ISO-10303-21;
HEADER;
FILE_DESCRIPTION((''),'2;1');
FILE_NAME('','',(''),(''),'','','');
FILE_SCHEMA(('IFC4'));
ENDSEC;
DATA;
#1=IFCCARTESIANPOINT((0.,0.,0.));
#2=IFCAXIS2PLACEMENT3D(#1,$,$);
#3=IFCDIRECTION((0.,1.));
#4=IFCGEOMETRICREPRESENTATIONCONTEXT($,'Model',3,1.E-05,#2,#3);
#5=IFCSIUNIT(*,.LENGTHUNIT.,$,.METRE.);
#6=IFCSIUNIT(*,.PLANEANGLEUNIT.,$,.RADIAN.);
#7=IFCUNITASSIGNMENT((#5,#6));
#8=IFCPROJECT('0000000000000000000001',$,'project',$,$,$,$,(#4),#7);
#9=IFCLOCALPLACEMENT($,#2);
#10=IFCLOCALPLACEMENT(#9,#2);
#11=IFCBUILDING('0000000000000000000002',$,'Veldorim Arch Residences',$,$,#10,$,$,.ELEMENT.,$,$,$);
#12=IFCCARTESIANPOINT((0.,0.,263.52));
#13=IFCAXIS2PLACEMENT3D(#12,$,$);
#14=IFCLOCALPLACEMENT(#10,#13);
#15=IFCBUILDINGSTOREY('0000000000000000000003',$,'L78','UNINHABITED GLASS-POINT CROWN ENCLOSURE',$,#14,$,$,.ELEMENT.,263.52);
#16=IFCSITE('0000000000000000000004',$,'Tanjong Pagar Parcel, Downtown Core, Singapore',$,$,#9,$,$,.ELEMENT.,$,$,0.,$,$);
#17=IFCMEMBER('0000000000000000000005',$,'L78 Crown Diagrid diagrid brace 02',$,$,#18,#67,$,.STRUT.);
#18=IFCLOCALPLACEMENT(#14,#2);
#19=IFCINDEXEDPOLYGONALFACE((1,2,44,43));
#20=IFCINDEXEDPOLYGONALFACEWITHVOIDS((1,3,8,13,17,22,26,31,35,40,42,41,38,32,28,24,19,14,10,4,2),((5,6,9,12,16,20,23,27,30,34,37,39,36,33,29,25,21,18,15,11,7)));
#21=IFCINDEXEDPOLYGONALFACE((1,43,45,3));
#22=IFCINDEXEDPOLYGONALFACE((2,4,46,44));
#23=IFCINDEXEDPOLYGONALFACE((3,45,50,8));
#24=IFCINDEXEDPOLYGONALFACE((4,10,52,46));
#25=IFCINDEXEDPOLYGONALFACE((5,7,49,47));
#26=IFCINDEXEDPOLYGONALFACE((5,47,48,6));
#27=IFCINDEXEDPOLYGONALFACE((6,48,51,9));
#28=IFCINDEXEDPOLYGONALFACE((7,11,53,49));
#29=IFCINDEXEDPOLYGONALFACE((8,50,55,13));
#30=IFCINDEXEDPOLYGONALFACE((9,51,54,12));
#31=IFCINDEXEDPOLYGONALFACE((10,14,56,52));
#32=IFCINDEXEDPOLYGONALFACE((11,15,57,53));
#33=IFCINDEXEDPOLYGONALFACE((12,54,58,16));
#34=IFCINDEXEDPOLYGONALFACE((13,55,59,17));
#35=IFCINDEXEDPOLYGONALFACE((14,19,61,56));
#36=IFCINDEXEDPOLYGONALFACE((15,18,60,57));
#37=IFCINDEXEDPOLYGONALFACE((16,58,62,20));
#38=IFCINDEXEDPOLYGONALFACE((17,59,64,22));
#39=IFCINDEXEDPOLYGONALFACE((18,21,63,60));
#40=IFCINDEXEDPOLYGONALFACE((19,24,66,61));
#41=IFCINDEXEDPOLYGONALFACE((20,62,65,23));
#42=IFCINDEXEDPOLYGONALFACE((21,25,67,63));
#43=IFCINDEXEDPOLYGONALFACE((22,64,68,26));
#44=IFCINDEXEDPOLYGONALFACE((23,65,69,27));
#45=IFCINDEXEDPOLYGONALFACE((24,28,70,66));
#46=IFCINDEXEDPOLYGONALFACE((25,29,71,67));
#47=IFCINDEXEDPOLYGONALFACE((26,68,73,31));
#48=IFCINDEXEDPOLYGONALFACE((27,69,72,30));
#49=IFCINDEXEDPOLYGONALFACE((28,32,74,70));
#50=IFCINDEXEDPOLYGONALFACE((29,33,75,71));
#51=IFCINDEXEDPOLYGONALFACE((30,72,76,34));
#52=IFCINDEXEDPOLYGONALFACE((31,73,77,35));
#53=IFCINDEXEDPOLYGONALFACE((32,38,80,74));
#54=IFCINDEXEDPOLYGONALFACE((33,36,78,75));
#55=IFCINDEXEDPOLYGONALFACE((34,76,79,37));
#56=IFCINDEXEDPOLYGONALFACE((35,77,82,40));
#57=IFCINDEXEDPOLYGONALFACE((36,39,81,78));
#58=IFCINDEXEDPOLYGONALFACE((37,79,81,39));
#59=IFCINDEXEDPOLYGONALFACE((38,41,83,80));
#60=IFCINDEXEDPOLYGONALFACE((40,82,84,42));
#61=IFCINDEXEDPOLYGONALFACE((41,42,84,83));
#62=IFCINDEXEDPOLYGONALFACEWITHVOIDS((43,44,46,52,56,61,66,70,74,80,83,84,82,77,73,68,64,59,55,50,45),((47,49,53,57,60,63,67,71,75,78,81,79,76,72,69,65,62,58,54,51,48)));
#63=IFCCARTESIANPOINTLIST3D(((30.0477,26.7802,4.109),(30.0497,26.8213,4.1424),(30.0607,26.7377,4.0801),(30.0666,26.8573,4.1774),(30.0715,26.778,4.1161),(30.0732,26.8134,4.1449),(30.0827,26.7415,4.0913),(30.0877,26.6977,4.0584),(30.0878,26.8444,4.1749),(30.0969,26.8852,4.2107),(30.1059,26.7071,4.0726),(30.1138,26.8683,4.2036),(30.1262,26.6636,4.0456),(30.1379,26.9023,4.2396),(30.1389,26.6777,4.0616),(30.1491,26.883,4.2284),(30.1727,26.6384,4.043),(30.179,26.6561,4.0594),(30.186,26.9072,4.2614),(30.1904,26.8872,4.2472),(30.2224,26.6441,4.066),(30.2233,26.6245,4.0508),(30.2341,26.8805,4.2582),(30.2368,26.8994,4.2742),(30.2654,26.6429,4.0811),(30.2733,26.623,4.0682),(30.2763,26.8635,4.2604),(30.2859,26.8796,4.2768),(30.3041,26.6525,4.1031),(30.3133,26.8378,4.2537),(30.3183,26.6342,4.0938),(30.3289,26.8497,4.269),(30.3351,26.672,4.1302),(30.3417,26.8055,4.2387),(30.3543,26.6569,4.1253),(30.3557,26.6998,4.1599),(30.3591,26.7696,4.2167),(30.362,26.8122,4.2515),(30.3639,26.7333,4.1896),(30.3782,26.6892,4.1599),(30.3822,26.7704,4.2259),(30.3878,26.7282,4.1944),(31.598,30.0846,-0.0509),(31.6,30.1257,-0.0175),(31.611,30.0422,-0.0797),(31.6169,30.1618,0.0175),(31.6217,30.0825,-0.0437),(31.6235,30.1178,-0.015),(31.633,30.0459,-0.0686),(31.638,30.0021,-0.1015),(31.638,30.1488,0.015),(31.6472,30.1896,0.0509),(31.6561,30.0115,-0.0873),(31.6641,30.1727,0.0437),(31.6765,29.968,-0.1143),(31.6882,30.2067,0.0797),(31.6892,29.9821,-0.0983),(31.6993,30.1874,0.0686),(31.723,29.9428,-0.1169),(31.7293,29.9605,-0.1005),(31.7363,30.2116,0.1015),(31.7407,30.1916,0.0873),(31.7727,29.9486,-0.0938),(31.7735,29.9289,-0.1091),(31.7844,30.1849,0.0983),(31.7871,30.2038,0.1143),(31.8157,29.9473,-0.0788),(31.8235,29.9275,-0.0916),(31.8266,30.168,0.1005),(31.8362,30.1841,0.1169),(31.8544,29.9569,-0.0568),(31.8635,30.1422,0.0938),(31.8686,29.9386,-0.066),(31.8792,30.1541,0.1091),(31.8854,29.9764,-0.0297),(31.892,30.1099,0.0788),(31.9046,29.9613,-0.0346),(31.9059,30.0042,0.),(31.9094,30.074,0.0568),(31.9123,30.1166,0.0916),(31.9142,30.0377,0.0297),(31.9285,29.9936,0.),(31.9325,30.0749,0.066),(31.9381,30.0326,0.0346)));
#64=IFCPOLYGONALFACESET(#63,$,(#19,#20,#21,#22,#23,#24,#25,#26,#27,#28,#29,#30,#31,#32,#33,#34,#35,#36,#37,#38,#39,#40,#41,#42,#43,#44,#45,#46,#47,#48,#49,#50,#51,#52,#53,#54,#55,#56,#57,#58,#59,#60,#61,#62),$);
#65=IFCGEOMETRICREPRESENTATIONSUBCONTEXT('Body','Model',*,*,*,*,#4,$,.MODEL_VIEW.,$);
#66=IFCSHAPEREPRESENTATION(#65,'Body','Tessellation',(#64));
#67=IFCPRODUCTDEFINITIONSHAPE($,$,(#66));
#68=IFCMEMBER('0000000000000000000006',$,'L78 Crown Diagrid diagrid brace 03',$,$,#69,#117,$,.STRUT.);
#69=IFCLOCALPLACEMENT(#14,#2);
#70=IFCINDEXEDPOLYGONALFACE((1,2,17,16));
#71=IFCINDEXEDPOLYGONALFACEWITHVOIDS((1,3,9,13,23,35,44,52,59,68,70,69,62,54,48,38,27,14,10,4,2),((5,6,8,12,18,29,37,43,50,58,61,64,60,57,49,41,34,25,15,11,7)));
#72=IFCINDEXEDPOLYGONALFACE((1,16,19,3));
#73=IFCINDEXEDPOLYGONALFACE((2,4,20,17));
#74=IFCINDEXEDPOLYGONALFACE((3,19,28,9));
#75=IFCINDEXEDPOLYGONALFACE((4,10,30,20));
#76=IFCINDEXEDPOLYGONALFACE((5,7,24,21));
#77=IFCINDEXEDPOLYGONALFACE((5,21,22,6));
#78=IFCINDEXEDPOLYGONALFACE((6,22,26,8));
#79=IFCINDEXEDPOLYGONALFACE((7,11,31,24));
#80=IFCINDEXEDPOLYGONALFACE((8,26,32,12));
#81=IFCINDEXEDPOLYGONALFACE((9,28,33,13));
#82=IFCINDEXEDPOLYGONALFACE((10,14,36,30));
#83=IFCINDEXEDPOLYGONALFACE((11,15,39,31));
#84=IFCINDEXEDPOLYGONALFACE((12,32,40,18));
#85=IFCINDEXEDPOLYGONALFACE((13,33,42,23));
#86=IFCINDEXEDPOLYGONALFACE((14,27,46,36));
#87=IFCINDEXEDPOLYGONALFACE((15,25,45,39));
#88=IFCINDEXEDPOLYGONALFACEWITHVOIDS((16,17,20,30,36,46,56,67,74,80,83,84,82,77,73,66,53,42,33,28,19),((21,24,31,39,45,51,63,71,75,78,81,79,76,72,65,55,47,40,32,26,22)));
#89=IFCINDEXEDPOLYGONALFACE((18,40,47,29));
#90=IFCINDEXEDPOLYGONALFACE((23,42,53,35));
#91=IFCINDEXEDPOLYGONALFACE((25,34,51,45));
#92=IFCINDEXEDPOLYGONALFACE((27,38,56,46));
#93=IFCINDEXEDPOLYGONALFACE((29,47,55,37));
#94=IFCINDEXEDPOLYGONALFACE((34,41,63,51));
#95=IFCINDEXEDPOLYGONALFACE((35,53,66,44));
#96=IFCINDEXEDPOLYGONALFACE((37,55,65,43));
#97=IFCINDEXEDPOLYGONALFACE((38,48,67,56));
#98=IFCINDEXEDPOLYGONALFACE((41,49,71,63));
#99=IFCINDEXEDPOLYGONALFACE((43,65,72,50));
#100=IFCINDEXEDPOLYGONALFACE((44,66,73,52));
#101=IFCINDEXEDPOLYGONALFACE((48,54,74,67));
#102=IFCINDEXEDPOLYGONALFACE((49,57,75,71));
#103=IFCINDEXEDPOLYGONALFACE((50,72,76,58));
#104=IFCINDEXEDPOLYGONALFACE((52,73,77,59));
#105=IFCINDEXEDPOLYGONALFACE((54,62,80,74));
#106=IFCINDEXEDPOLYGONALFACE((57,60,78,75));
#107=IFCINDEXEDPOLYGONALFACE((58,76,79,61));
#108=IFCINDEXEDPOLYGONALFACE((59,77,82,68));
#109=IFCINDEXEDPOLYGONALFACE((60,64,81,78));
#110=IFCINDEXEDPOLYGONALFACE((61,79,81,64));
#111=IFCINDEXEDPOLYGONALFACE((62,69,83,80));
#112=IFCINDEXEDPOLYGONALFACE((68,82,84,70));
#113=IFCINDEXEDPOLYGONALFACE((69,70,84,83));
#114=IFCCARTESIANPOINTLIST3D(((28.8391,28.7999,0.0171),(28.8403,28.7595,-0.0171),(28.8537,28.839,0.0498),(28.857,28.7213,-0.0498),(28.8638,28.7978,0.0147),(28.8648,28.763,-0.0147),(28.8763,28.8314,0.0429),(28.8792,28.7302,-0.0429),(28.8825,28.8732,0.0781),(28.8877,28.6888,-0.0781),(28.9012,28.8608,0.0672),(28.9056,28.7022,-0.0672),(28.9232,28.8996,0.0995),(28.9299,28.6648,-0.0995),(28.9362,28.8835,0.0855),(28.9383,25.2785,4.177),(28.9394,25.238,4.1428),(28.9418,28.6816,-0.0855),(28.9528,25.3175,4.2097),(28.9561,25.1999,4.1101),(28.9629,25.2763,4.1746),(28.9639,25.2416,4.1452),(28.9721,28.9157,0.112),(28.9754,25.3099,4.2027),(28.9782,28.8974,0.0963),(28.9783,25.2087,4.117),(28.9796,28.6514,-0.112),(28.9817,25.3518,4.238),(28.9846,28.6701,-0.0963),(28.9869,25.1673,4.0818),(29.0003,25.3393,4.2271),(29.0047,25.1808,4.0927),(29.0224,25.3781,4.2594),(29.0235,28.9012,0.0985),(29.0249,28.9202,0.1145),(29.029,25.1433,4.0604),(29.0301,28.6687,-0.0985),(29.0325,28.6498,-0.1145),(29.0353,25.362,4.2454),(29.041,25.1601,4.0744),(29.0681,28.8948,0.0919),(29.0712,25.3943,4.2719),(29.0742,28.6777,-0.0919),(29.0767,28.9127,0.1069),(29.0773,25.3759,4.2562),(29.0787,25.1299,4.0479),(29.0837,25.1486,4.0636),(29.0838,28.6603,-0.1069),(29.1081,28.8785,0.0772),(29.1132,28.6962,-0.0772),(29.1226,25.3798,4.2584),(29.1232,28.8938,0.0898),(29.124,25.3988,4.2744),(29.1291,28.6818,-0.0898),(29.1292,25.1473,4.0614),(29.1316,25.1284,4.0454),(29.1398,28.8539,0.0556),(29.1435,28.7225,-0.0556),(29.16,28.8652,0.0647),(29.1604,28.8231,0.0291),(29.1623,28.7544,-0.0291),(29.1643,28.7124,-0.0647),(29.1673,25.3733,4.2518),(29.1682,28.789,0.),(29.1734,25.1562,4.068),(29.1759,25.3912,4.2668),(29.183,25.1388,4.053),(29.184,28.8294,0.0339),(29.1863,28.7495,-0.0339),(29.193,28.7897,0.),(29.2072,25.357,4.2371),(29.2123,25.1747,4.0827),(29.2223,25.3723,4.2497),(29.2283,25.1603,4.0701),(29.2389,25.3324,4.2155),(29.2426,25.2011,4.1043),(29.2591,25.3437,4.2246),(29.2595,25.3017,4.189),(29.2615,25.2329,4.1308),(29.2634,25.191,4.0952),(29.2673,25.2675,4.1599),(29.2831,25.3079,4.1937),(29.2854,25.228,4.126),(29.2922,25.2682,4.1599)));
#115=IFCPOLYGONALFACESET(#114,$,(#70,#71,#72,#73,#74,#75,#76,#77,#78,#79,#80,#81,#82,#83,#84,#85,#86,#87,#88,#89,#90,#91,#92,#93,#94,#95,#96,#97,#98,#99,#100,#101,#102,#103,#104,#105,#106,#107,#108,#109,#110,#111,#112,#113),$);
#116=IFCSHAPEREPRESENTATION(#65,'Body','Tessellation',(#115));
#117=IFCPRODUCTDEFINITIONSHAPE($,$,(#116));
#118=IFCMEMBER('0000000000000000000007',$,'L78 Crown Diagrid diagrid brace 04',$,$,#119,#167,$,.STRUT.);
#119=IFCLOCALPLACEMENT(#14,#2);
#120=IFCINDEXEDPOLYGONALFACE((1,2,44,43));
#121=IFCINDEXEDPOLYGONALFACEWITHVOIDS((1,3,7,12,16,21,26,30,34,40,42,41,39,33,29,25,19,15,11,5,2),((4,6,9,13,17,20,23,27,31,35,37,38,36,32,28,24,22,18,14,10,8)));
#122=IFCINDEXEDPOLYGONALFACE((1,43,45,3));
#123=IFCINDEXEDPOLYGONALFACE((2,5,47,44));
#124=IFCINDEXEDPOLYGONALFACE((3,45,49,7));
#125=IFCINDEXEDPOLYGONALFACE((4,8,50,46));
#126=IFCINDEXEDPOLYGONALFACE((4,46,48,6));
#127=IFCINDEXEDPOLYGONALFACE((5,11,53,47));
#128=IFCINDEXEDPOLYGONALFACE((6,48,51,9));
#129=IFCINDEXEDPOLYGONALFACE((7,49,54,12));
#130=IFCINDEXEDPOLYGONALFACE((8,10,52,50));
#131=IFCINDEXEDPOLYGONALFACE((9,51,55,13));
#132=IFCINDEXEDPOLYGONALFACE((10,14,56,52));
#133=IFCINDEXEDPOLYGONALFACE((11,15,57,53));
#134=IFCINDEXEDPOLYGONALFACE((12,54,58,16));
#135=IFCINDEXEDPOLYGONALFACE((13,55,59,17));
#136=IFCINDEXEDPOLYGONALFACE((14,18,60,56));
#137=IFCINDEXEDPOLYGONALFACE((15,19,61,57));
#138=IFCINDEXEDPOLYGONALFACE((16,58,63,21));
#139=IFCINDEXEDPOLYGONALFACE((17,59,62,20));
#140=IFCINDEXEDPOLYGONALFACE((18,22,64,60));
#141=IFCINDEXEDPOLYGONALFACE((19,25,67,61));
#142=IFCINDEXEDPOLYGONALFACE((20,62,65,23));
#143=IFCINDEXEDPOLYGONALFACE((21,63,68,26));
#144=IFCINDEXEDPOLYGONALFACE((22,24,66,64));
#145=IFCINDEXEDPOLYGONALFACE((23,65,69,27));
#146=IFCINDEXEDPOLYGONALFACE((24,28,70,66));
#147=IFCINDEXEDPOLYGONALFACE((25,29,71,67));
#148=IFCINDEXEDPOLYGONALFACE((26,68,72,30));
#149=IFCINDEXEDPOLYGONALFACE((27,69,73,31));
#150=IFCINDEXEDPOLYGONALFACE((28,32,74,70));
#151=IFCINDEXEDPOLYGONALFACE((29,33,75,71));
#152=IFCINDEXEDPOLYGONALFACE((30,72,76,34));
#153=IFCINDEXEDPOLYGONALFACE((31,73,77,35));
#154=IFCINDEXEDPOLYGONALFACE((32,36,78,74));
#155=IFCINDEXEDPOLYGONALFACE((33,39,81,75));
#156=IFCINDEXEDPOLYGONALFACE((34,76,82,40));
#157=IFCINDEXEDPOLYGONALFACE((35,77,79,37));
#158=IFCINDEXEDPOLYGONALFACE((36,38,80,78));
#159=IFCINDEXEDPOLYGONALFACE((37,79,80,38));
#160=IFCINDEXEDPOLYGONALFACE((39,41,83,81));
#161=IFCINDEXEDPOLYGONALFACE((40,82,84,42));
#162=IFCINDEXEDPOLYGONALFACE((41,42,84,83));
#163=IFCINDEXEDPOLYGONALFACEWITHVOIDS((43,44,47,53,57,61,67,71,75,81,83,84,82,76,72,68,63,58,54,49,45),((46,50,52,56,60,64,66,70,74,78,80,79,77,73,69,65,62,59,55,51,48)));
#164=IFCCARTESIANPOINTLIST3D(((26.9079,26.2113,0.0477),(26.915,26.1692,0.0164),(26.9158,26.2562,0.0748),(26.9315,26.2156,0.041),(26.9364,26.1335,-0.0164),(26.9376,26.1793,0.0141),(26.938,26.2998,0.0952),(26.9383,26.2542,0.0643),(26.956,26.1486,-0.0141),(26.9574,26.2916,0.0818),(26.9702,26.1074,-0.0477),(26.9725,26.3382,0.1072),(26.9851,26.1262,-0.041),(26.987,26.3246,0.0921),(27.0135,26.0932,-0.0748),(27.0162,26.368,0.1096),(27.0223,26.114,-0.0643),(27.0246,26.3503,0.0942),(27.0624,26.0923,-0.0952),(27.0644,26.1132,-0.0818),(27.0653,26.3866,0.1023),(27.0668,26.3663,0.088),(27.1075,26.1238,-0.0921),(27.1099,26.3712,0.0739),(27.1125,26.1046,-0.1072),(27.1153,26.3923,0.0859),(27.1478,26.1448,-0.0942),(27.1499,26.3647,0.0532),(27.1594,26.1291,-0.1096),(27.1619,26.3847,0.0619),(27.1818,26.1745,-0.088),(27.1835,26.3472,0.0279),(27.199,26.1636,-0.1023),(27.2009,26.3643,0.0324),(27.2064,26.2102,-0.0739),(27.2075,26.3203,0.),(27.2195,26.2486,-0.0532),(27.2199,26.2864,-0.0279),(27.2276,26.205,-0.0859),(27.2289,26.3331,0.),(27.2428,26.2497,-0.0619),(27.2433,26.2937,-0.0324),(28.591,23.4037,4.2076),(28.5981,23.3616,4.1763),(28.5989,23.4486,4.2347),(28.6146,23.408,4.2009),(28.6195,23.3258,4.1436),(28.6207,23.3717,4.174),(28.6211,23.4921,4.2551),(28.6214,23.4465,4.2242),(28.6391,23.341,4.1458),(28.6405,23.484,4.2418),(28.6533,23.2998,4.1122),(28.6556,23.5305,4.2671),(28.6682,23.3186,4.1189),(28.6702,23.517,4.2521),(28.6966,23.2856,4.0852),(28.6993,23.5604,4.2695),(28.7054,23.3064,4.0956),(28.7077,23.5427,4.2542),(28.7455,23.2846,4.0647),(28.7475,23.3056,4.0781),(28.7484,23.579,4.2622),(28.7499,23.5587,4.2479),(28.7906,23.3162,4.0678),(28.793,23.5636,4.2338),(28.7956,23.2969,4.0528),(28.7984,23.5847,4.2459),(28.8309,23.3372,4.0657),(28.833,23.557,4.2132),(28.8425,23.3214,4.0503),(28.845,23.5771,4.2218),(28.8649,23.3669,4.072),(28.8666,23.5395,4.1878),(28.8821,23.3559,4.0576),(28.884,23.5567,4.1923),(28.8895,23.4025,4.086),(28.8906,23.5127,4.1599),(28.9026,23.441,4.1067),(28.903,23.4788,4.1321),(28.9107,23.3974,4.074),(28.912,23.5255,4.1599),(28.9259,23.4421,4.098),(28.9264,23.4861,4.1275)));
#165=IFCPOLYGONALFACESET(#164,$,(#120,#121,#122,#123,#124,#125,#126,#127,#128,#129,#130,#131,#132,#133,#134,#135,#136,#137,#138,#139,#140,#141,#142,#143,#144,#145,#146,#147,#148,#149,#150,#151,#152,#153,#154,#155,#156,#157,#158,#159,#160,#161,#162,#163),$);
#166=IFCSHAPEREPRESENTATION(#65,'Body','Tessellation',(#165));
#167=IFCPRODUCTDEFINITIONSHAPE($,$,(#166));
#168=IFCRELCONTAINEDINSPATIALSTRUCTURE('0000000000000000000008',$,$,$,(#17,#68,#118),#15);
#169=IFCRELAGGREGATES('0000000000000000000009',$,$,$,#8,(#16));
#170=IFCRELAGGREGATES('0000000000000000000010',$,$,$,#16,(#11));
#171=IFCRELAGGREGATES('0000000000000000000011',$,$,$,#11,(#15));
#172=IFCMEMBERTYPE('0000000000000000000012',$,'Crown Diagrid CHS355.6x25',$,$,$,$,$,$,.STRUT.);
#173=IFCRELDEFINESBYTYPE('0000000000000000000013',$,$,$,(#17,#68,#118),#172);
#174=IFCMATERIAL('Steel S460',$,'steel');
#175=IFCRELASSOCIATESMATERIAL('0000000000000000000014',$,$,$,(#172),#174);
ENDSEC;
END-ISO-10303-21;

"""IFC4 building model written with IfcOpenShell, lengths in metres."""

from ifc_helpers import new_model, si_unit, direction, frame, origin, origin_2d, place, context, subcontext, project, spatial, hollow_circle, extrude, material, material_profile, profile_set, type_object, element, save


model = new_model("IFC4")

# Units and contexts
model_context = context("Model", 3, precision=1e-05, world=origin(), true_north=direction((0.0, 1.0)))
body_context = subcontext(model_context, "Body", "Model", "MODEL_VIEW")
ifc_project = project(units=[si_unit("LENGTHUNIT", "METRE"), si_unit("PLANEANGLEUNIT", "RADIAN")], contexts=[model_context])

# Site, building, storey
site_placement = place(None, origin())
site = spatial("IfcSite", under=ifc_project, at=site_placement, Name="Tanjong Pagar Parcel, Downtown Core, Singapore", CompositionType="ELEMENT", RefElevation=0.0)
building_placement = place(site_placement, origin())
building = spatial("IfcBuilding", under=site, at=building_placement, Name="Veldorim Arch Residences", CompositionType="ELEMENT")
storey_placement = place(building_placement, frame((0.0, 0.0, 263.52)))
storey = spatial("IfcBuildingStorey", under=building, at=storey_placement, Name="L78", Description="UNINHABITED GLASS-POINT CROWN ENCLOSURE", CompositionType="ELEMENT", Elevation=263.52)

# Members
ifc_material_1 = material(Name="Steel S460", Category="steel")
ifc_material_profile_1 = material_profile(ifc_material_1, hollow_circle(Radius=0.1777, WallThickness=0.0249, at=origin_2d()), Name="CHS355.6x25")
ifc_profile_set_1 = profile_set([ifc_material_profile_1], Name="Steel S460")
member_type_1 = type_object("IfcMemberType", Name="Crown Diagrid CHS355.6x25", PredefinedType="STRUT", material=ifc_profile_set_1)
member_1_placement = place(storey_placement, frame((31.7676, 30.0691, 0.0), z_axis=(-0.280128, -0.597093, 0.751671), x_axis=(0.905318, -0.424734, 0.0)))
element("IfcMember", 1, at=member_1_placement, inside=storey, type_object=member_type_1, Name="L78 Crown Diagrid diagrid brace 02", PredefinedType="STRUT", context=body_context, shape_type="SweptSolid", body=[
    extrude(hollow_circle(Radius=0.1777, WallThickness=0.0249, at=origin_2d()), origin(), (0.0, 0.0, 1.0), 5.5342),
])
member_2_placement = place(storey_placement, frame((29.0154, 28.7847, 0.0), z_axis=(0.018183, -0.646002, 0.763119), x_axis=(0.999604, 0.028136, 0.0)))
element("IfcMember", 2, at=member_2_placement, inside=storey, type_object=member_type_1, Name="L78 Crown Diagrid diagrid brace 03", PredefinedType="STRUT", context=body_context, shape_type="SweptSolid", body=[
    extrude(hollow_circle(Radius=0.1777, WallThickness=0.0249, at=origin_2d()), origin(), (0.0, 0.0, 1.0), 5.4512),
])
member_3_placement = place(storey_placement, frame((27.0764, 26.2417, 0.0), z_axis=(0.317961, -0.530396, 0.785863), x_axis=(0.85769, 0.514167, 0.0)))
element("IfcMember", 3, at=member_3_placement, inside=storey, type_object=member_type_1, Name="L78 Crown Diagrid diagrid brace 04", PredefinedType="STRUT", context=body_context, shape_type="SweptSolid", body=[
    extrude(hollow_circle(Radius=0.1777, WallThickness=0.0249, at=origin_2d()), origin(), (0.0, 0.0, 1.0), 5.2935),
])

save(model, "model.ifc")
